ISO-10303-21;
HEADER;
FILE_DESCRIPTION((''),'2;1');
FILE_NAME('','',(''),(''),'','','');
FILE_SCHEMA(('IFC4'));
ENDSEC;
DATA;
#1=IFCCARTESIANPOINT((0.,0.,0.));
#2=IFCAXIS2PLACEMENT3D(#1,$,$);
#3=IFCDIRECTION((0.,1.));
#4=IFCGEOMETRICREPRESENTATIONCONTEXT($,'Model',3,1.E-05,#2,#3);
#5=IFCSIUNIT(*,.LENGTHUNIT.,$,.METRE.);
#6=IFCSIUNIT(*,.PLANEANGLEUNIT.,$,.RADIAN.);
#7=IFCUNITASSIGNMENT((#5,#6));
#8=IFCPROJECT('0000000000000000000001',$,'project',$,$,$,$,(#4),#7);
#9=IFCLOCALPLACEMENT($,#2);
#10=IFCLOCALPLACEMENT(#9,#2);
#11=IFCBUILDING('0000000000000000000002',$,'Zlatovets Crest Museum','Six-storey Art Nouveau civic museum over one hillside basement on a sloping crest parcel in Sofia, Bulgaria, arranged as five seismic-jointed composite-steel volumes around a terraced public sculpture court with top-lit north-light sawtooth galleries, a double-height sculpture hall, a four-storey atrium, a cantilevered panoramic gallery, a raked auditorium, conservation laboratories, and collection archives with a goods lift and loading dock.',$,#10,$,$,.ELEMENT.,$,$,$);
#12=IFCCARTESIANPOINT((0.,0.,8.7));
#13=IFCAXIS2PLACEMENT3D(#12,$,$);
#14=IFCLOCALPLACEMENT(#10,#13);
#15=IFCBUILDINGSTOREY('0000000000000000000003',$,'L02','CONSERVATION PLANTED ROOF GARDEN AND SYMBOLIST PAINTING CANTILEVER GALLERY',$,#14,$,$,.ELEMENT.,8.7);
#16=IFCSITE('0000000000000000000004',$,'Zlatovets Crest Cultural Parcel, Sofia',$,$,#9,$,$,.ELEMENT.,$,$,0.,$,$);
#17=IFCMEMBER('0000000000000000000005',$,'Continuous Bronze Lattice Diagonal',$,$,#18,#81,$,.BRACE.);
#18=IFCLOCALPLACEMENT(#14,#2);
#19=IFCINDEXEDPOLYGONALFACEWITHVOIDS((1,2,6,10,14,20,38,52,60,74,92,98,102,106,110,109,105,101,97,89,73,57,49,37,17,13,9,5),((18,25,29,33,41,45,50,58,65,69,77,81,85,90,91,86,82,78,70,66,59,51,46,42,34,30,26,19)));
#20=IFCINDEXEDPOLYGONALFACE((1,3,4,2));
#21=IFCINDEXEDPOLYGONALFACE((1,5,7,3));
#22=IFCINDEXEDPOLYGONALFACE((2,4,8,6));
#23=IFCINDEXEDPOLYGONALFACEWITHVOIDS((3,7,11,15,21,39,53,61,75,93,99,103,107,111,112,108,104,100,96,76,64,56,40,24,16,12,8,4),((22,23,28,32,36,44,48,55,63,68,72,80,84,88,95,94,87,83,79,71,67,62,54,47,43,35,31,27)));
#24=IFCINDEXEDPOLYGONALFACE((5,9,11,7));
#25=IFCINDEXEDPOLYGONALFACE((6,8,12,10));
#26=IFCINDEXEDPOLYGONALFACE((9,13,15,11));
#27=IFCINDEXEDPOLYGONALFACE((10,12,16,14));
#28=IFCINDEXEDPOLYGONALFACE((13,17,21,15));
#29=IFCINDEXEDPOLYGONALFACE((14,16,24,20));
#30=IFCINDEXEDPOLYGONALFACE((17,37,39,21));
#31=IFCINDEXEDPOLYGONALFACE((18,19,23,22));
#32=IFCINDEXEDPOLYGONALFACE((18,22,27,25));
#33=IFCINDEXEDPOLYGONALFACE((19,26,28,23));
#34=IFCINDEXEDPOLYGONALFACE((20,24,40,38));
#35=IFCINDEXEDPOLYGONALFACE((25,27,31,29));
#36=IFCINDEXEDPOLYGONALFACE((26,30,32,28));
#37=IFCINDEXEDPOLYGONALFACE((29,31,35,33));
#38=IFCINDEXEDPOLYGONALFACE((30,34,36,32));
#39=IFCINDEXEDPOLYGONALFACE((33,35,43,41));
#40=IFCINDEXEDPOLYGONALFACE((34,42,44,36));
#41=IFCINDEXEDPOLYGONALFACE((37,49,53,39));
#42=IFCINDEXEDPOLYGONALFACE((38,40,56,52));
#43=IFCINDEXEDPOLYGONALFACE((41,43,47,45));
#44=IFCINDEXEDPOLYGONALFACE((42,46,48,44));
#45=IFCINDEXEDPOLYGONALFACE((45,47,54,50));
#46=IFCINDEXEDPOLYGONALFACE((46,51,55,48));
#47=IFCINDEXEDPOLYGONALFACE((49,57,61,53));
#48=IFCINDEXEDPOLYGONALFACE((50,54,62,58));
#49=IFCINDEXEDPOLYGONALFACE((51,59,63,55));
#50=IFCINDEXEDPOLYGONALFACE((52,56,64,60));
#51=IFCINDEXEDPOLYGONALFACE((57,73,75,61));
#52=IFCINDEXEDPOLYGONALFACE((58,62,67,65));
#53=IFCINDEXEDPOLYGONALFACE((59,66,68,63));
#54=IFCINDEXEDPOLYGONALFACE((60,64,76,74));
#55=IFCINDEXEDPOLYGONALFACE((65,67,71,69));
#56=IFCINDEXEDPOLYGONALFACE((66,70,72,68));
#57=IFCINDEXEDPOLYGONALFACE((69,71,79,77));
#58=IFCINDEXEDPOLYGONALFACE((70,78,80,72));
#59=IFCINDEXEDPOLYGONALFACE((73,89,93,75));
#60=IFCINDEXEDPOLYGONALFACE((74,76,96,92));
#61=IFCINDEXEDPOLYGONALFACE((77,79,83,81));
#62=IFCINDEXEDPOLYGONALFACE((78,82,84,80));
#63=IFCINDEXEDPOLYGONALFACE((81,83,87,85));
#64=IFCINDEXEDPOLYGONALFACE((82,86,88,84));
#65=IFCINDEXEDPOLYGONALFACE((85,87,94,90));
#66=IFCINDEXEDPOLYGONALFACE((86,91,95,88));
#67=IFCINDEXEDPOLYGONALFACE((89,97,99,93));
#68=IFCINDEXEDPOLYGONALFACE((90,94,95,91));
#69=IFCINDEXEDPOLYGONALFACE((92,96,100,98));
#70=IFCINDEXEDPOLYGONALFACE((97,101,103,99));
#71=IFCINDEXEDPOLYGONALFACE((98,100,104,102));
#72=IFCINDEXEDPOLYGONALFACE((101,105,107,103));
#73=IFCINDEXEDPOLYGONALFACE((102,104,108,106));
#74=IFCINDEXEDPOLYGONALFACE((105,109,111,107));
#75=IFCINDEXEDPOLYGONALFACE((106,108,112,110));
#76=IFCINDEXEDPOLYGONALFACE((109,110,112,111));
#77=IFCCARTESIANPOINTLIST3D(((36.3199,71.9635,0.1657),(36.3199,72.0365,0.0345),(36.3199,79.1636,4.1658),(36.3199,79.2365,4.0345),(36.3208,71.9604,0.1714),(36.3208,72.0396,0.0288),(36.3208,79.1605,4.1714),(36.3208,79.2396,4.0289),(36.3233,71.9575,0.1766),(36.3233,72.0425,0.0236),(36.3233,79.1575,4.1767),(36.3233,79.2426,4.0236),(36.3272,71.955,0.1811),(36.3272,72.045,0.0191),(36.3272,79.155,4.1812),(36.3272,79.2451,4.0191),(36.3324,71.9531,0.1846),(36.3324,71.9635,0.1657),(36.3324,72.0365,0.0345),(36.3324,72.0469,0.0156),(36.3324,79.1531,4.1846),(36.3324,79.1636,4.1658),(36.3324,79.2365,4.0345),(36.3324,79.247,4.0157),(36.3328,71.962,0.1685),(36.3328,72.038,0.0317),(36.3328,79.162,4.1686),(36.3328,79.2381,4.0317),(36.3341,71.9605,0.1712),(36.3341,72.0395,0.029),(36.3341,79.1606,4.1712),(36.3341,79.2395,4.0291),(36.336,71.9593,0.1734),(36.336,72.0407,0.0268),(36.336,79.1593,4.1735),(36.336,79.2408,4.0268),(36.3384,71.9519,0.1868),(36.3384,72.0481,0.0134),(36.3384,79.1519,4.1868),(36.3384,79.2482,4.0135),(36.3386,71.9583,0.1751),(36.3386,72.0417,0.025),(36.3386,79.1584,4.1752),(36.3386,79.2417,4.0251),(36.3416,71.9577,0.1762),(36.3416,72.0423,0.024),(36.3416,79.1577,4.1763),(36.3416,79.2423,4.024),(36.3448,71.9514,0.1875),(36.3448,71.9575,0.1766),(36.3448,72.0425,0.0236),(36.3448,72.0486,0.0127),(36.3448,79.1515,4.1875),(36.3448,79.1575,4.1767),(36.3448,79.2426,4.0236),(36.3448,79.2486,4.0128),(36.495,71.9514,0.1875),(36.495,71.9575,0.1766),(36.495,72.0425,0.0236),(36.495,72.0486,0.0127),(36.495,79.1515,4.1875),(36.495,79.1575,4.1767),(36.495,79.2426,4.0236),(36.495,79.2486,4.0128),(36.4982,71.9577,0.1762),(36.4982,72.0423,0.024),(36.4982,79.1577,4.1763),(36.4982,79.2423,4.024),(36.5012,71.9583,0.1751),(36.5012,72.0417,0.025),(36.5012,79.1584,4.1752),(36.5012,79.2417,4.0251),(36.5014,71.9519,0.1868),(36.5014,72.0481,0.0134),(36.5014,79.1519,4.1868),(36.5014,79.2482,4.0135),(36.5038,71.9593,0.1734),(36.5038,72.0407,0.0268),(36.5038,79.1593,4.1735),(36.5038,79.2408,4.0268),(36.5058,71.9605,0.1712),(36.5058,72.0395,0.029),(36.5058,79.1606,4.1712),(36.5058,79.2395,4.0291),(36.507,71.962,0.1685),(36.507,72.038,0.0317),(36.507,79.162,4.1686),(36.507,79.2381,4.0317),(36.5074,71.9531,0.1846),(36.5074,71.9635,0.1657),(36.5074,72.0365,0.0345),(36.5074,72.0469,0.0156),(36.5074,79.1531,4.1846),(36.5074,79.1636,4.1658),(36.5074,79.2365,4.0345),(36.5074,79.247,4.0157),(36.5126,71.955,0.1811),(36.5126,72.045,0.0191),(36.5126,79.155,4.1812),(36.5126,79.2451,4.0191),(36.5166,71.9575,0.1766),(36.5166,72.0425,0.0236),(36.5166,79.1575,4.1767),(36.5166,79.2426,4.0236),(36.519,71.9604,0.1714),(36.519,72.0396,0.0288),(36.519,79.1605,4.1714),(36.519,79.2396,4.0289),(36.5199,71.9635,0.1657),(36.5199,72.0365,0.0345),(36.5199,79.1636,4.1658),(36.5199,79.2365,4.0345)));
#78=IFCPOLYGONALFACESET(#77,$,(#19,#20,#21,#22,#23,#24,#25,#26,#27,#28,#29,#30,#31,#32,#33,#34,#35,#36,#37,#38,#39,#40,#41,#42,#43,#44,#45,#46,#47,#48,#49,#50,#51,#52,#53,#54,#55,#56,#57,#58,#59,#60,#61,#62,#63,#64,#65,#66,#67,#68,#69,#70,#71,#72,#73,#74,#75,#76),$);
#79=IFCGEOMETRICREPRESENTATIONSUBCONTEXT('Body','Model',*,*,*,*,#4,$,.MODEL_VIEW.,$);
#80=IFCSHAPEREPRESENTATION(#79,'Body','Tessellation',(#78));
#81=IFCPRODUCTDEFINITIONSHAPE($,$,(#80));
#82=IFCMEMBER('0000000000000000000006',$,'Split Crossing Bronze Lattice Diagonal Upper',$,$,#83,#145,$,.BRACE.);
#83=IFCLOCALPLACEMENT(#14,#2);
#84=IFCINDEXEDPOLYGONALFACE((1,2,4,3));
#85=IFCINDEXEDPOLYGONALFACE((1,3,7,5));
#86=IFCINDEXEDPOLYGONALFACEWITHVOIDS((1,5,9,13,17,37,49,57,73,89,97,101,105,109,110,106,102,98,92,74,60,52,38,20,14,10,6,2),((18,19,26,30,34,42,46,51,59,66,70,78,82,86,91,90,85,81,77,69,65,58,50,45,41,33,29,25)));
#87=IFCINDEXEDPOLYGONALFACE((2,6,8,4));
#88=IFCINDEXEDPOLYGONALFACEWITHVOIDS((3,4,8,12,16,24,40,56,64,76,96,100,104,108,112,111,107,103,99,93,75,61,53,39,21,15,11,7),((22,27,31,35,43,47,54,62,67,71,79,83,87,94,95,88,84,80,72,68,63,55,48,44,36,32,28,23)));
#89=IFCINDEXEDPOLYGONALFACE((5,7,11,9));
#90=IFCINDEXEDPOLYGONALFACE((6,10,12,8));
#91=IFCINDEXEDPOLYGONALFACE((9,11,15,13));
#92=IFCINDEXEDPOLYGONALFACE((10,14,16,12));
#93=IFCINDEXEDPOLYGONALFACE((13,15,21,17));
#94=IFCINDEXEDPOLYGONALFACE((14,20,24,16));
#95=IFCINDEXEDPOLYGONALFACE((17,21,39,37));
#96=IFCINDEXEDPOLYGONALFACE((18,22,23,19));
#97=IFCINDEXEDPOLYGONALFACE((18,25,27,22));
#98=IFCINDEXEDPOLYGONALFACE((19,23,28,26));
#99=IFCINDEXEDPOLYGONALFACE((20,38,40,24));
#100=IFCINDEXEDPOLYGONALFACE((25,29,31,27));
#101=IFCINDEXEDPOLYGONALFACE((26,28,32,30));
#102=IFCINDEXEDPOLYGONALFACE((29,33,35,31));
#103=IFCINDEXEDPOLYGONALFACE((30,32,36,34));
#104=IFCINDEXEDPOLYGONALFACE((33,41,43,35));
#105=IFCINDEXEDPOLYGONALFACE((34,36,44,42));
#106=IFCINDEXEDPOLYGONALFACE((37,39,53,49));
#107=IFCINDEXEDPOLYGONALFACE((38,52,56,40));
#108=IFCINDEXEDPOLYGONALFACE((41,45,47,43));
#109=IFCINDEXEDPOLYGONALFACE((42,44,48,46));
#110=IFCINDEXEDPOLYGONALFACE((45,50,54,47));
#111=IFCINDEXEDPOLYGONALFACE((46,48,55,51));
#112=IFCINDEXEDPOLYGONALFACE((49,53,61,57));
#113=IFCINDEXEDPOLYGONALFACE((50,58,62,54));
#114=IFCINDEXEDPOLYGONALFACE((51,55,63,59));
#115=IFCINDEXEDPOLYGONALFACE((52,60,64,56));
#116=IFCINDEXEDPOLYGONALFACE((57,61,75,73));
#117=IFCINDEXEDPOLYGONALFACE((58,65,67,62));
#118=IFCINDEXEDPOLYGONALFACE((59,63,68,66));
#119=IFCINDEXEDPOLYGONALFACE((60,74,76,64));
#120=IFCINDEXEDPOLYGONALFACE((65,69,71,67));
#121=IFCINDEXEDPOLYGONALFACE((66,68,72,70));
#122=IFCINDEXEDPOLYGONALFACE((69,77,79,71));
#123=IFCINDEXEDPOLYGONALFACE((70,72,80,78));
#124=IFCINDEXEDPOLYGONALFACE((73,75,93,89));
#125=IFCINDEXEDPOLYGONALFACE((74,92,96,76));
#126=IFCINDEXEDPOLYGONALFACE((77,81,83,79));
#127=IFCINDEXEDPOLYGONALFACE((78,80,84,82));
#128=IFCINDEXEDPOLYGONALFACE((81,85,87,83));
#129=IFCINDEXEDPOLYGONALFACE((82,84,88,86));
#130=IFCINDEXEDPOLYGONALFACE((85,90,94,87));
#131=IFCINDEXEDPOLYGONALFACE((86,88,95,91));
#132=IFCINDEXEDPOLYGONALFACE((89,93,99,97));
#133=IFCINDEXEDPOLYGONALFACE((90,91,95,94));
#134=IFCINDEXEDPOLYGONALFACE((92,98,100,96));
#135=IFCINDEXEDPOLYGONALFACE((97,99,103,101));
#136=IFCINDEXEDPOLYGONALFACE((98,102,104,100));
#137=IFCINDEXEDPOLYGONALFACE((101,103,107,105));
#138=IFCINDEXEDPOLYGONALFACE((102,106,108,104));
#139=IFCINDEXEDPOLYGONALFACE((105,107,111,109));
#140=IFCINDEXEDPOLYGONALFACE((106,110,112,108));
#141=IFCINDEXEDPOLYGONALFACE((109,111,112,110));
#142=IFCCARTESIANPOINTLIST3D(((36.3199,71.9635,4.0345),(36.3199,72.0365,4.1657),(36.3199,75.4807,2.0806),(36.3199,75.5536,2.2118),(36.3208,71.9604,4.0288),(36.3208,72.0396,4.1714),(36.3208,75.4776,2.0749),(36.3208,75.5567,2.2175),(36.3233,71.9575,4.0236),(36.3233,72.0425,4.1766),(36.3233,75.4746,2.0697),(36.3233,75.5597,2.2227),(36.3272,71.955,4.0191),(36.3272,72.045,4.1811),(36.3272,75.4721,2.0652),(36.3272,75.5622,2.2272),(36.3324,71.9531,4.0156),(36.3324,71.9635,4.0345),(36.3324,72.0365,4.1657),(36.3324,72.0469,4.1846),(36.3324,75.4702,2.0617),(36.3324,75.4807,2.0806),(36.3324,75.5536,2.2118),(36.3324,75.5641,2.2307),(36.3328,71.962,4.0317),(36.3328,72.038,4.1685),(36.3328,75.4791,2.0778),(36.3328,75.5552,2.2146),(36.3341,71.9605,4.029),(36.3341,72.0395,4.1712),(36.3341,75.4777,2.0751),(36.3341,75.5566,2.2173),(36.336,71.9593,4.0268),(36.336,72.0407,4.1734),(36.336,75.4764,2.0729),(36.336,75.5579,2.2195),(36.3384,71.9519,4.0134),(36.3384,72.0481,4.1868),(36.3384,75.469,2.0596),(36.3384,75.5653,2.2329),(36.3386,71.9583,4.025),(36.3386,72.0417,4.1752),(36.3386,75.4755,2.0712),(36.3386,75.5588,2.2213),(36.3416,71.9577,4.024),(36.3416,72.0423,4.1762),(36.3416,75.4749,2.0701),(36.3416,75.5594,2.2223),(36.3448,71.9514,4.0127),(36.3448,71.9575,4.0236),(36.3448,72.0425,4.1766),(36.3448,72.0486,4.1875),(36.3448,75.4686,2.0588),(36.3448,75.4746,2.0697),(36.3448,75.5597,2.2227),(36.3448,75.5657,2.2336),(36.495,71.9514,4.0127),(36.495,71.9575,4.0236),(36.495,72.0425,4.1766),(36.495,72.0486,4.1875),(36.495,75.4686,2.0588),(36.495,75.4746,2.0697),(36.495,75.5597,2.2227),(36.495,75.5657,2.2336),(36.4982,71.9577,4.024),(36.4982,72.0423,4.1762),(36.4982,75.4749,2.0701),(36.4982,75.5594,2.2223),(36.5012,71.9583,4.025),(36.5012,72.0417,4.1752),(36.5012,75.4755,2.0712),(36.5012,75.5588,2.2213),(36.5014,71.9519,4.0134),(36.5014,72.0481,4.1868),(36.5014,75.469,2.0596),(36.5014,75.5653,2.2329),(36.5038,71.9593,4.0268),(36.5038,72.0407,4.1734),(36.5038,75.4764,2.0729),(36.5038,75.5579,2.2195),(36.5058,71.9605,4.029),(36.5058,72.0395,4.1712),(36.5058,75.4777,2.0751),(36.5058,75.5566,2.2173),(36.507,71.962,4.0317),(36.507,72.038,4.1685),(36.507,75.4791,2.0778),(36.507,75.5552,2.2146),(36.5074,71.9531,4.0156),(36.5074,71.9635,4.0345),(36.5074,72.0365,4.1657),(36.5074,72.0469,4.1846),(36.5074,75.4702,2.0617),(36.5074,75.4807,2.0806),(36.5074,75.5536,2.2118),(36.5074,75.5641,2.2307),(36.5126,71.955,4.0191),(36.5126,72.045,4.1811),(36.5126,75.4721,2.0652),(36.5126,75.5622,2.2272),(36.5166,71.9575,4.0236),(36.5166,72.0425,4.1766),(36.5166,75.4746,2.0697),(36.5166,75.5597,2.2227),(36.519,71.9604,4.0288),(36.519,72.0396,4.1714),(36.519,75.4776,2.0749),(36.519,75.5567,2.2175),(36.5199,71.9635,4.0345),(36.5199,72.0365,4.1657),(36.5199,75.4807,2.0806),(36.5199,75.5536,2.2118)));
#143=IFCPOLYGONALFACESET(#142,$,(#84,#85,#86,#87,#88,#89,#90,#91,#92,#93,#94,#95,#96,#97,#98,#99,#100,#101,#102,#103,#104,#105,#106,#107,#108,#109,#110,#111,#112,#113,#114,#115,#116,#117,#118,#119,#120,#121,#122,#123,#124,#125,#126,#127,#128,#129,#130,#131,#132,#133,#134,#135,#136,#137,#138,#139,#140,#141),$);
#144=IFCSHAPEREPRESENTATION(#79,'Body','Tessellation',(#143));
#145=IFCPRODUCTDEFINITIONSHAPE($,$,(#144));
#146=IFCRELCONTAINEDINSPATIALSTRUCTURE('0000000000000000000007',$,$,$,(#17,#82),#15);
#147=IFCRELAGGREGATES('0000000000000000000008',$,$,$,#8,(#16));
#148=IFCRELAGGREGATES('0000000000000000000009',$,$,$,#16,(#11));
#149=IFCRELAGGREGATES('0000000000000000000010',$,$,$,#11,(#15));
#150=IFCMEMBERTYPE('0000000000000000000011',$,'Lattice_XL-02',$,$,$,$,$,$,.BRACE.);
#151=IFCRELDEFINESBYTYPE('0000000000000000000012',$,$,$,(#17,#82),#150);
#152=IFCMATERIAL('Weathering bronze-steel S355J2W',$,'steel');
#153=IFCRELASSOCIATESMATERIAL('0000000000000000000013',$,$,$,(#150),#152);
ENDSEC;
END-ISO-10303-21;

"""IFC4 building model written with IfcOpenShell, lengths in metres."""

from ifc_helpers import new_model, si_unit, direction, frame, origin, origin_2d, place, context, subcontext, project, spatial, hollow_rectangle, extrude, material, material_profile, profile_set, type_object, element, save


model = new_model("IFC4")

# Units and contexts
model_context = context("Model", 3, precision=1e-05, world=origin(), true_north=direction((0.0, 1.0)))
body_context = subcontext(model_context, "Body", "Model", "MODEL_VIEW")
ifc_project = project(units=[si_unit("LENGTHUNIT", "METRE"), si_unit("PLANEANGLEUNIT", "RADIAN")], contexts=[model_context])

# Site, building, storey
site_placement = place(None, origin())
site = spatial("IfcSite", under=ifc_project, at=site_placement, Name="Zlatovets Crest Cultural Parcel, Sofia", CompositionType="ELEMENT", RefElevation=0.0)
building_placement = place(site_placement, origin())
building = spatial("IfcBuilding", under=site, at=building_placement, Name="Zlatovets Crest Museum", Description="Six-storey Art Nouveau civic museum over one hillside basement on a sloping crest parcel in Sofia, Bulgaria, arranged as five seismic-jointed composite-steel volumes around a terraced public sculpture court with top-lit north-light sawtooth galleries, a double-height sculpture hall, a four-storey atrium, a cantilevered panoramic gallery, a raked auditorium, conservation laboratories, and collection archives with a goods lift and loading dock.", CompositionType="ELEMENT")
storey_placement = place(building_placement, frame((0.0, 0.0, 8.7)))
storey = spatial("IfcBuildingStorey", under=building, at=storey_placement, Name="L02", Description="CONSERVATION PLANTED ROOF GARDEN AND SYMBOLIST PAINTING CANTILEVER GALLERY", CompositionType="ELEMENT", Elevation=8.7)

# Members
ifc_material_1 = material(Name="Weathering bronze-steel S355J2W", Category="steel")
ifc_material_profile_1 = material_profile(ifc_material_1, hollow_rectangle(XDim=0.2, YDim=0.2, WallThickness=0.0125, InnerFilletRadius=0.0125, OuterFilletRadius=0.0249, at=origin_2d()), Name="SHS 200x200x12.5")
ifc_profile_set_1 = profile_set([ifc_material_profile_1], Name="Weathering bronze-steel S355J2W")
member_type_1 = type_object("IfcMemberType", Name="Lattice_XL-02", PredefinedType="BRACE", material=ifc_profile_set_1)
member_1_placement = place(storey_placement, frame((36.4199, 72.0, 0.1001), z_axis=(0.0, 0.874156, 0.485645), x_axis=(-1.0, 0.0, 0.0)))
element("IfcMember", 1, at=member_1_placement, inside=storey, type_object=member_type_1, Name="Continuous Bronze Lattice Diagonal", PredefinedType="BRACE", context=body_context, shape_type="SweptSolid", body=[
    extrude(hollow_rectangle(XDim=0.2, YDim=0.2, WallThickness=0.0125, InnerFilletRadius=0.0125, OuterFilletRadius=0.0249, at=origin_2d()), origin(), (0.0, 0.0, 1.0), 8.2366),
])
member_2_placement = place(storey_placement, frame((36.4199, 72.0, 4.1001), z_axis=(0.0, 0.874166, -0.485627), x_axis=(-1.0, 0.0, 0.0)))
element("IfcMember", 2, at=member_2_placement, inside=storey, type_object=member_type_1, Name="Split Crossing Bronze Lattice Diagonal Upper", PredefinedType="BRACE", context=body_context, shape_type="SweptSolid", body=[
    extrude(hollow_rectangle(XDim=0.2, YDim=0.2, WallThickness=0.0125, InnerFilletRadius=0.0125, OuterFilletRadius=0.0249, at=origin_2d()), origin(), (0.0, 0.0, 1.0), 4.0234),
])

save(model, "model.ifc")
